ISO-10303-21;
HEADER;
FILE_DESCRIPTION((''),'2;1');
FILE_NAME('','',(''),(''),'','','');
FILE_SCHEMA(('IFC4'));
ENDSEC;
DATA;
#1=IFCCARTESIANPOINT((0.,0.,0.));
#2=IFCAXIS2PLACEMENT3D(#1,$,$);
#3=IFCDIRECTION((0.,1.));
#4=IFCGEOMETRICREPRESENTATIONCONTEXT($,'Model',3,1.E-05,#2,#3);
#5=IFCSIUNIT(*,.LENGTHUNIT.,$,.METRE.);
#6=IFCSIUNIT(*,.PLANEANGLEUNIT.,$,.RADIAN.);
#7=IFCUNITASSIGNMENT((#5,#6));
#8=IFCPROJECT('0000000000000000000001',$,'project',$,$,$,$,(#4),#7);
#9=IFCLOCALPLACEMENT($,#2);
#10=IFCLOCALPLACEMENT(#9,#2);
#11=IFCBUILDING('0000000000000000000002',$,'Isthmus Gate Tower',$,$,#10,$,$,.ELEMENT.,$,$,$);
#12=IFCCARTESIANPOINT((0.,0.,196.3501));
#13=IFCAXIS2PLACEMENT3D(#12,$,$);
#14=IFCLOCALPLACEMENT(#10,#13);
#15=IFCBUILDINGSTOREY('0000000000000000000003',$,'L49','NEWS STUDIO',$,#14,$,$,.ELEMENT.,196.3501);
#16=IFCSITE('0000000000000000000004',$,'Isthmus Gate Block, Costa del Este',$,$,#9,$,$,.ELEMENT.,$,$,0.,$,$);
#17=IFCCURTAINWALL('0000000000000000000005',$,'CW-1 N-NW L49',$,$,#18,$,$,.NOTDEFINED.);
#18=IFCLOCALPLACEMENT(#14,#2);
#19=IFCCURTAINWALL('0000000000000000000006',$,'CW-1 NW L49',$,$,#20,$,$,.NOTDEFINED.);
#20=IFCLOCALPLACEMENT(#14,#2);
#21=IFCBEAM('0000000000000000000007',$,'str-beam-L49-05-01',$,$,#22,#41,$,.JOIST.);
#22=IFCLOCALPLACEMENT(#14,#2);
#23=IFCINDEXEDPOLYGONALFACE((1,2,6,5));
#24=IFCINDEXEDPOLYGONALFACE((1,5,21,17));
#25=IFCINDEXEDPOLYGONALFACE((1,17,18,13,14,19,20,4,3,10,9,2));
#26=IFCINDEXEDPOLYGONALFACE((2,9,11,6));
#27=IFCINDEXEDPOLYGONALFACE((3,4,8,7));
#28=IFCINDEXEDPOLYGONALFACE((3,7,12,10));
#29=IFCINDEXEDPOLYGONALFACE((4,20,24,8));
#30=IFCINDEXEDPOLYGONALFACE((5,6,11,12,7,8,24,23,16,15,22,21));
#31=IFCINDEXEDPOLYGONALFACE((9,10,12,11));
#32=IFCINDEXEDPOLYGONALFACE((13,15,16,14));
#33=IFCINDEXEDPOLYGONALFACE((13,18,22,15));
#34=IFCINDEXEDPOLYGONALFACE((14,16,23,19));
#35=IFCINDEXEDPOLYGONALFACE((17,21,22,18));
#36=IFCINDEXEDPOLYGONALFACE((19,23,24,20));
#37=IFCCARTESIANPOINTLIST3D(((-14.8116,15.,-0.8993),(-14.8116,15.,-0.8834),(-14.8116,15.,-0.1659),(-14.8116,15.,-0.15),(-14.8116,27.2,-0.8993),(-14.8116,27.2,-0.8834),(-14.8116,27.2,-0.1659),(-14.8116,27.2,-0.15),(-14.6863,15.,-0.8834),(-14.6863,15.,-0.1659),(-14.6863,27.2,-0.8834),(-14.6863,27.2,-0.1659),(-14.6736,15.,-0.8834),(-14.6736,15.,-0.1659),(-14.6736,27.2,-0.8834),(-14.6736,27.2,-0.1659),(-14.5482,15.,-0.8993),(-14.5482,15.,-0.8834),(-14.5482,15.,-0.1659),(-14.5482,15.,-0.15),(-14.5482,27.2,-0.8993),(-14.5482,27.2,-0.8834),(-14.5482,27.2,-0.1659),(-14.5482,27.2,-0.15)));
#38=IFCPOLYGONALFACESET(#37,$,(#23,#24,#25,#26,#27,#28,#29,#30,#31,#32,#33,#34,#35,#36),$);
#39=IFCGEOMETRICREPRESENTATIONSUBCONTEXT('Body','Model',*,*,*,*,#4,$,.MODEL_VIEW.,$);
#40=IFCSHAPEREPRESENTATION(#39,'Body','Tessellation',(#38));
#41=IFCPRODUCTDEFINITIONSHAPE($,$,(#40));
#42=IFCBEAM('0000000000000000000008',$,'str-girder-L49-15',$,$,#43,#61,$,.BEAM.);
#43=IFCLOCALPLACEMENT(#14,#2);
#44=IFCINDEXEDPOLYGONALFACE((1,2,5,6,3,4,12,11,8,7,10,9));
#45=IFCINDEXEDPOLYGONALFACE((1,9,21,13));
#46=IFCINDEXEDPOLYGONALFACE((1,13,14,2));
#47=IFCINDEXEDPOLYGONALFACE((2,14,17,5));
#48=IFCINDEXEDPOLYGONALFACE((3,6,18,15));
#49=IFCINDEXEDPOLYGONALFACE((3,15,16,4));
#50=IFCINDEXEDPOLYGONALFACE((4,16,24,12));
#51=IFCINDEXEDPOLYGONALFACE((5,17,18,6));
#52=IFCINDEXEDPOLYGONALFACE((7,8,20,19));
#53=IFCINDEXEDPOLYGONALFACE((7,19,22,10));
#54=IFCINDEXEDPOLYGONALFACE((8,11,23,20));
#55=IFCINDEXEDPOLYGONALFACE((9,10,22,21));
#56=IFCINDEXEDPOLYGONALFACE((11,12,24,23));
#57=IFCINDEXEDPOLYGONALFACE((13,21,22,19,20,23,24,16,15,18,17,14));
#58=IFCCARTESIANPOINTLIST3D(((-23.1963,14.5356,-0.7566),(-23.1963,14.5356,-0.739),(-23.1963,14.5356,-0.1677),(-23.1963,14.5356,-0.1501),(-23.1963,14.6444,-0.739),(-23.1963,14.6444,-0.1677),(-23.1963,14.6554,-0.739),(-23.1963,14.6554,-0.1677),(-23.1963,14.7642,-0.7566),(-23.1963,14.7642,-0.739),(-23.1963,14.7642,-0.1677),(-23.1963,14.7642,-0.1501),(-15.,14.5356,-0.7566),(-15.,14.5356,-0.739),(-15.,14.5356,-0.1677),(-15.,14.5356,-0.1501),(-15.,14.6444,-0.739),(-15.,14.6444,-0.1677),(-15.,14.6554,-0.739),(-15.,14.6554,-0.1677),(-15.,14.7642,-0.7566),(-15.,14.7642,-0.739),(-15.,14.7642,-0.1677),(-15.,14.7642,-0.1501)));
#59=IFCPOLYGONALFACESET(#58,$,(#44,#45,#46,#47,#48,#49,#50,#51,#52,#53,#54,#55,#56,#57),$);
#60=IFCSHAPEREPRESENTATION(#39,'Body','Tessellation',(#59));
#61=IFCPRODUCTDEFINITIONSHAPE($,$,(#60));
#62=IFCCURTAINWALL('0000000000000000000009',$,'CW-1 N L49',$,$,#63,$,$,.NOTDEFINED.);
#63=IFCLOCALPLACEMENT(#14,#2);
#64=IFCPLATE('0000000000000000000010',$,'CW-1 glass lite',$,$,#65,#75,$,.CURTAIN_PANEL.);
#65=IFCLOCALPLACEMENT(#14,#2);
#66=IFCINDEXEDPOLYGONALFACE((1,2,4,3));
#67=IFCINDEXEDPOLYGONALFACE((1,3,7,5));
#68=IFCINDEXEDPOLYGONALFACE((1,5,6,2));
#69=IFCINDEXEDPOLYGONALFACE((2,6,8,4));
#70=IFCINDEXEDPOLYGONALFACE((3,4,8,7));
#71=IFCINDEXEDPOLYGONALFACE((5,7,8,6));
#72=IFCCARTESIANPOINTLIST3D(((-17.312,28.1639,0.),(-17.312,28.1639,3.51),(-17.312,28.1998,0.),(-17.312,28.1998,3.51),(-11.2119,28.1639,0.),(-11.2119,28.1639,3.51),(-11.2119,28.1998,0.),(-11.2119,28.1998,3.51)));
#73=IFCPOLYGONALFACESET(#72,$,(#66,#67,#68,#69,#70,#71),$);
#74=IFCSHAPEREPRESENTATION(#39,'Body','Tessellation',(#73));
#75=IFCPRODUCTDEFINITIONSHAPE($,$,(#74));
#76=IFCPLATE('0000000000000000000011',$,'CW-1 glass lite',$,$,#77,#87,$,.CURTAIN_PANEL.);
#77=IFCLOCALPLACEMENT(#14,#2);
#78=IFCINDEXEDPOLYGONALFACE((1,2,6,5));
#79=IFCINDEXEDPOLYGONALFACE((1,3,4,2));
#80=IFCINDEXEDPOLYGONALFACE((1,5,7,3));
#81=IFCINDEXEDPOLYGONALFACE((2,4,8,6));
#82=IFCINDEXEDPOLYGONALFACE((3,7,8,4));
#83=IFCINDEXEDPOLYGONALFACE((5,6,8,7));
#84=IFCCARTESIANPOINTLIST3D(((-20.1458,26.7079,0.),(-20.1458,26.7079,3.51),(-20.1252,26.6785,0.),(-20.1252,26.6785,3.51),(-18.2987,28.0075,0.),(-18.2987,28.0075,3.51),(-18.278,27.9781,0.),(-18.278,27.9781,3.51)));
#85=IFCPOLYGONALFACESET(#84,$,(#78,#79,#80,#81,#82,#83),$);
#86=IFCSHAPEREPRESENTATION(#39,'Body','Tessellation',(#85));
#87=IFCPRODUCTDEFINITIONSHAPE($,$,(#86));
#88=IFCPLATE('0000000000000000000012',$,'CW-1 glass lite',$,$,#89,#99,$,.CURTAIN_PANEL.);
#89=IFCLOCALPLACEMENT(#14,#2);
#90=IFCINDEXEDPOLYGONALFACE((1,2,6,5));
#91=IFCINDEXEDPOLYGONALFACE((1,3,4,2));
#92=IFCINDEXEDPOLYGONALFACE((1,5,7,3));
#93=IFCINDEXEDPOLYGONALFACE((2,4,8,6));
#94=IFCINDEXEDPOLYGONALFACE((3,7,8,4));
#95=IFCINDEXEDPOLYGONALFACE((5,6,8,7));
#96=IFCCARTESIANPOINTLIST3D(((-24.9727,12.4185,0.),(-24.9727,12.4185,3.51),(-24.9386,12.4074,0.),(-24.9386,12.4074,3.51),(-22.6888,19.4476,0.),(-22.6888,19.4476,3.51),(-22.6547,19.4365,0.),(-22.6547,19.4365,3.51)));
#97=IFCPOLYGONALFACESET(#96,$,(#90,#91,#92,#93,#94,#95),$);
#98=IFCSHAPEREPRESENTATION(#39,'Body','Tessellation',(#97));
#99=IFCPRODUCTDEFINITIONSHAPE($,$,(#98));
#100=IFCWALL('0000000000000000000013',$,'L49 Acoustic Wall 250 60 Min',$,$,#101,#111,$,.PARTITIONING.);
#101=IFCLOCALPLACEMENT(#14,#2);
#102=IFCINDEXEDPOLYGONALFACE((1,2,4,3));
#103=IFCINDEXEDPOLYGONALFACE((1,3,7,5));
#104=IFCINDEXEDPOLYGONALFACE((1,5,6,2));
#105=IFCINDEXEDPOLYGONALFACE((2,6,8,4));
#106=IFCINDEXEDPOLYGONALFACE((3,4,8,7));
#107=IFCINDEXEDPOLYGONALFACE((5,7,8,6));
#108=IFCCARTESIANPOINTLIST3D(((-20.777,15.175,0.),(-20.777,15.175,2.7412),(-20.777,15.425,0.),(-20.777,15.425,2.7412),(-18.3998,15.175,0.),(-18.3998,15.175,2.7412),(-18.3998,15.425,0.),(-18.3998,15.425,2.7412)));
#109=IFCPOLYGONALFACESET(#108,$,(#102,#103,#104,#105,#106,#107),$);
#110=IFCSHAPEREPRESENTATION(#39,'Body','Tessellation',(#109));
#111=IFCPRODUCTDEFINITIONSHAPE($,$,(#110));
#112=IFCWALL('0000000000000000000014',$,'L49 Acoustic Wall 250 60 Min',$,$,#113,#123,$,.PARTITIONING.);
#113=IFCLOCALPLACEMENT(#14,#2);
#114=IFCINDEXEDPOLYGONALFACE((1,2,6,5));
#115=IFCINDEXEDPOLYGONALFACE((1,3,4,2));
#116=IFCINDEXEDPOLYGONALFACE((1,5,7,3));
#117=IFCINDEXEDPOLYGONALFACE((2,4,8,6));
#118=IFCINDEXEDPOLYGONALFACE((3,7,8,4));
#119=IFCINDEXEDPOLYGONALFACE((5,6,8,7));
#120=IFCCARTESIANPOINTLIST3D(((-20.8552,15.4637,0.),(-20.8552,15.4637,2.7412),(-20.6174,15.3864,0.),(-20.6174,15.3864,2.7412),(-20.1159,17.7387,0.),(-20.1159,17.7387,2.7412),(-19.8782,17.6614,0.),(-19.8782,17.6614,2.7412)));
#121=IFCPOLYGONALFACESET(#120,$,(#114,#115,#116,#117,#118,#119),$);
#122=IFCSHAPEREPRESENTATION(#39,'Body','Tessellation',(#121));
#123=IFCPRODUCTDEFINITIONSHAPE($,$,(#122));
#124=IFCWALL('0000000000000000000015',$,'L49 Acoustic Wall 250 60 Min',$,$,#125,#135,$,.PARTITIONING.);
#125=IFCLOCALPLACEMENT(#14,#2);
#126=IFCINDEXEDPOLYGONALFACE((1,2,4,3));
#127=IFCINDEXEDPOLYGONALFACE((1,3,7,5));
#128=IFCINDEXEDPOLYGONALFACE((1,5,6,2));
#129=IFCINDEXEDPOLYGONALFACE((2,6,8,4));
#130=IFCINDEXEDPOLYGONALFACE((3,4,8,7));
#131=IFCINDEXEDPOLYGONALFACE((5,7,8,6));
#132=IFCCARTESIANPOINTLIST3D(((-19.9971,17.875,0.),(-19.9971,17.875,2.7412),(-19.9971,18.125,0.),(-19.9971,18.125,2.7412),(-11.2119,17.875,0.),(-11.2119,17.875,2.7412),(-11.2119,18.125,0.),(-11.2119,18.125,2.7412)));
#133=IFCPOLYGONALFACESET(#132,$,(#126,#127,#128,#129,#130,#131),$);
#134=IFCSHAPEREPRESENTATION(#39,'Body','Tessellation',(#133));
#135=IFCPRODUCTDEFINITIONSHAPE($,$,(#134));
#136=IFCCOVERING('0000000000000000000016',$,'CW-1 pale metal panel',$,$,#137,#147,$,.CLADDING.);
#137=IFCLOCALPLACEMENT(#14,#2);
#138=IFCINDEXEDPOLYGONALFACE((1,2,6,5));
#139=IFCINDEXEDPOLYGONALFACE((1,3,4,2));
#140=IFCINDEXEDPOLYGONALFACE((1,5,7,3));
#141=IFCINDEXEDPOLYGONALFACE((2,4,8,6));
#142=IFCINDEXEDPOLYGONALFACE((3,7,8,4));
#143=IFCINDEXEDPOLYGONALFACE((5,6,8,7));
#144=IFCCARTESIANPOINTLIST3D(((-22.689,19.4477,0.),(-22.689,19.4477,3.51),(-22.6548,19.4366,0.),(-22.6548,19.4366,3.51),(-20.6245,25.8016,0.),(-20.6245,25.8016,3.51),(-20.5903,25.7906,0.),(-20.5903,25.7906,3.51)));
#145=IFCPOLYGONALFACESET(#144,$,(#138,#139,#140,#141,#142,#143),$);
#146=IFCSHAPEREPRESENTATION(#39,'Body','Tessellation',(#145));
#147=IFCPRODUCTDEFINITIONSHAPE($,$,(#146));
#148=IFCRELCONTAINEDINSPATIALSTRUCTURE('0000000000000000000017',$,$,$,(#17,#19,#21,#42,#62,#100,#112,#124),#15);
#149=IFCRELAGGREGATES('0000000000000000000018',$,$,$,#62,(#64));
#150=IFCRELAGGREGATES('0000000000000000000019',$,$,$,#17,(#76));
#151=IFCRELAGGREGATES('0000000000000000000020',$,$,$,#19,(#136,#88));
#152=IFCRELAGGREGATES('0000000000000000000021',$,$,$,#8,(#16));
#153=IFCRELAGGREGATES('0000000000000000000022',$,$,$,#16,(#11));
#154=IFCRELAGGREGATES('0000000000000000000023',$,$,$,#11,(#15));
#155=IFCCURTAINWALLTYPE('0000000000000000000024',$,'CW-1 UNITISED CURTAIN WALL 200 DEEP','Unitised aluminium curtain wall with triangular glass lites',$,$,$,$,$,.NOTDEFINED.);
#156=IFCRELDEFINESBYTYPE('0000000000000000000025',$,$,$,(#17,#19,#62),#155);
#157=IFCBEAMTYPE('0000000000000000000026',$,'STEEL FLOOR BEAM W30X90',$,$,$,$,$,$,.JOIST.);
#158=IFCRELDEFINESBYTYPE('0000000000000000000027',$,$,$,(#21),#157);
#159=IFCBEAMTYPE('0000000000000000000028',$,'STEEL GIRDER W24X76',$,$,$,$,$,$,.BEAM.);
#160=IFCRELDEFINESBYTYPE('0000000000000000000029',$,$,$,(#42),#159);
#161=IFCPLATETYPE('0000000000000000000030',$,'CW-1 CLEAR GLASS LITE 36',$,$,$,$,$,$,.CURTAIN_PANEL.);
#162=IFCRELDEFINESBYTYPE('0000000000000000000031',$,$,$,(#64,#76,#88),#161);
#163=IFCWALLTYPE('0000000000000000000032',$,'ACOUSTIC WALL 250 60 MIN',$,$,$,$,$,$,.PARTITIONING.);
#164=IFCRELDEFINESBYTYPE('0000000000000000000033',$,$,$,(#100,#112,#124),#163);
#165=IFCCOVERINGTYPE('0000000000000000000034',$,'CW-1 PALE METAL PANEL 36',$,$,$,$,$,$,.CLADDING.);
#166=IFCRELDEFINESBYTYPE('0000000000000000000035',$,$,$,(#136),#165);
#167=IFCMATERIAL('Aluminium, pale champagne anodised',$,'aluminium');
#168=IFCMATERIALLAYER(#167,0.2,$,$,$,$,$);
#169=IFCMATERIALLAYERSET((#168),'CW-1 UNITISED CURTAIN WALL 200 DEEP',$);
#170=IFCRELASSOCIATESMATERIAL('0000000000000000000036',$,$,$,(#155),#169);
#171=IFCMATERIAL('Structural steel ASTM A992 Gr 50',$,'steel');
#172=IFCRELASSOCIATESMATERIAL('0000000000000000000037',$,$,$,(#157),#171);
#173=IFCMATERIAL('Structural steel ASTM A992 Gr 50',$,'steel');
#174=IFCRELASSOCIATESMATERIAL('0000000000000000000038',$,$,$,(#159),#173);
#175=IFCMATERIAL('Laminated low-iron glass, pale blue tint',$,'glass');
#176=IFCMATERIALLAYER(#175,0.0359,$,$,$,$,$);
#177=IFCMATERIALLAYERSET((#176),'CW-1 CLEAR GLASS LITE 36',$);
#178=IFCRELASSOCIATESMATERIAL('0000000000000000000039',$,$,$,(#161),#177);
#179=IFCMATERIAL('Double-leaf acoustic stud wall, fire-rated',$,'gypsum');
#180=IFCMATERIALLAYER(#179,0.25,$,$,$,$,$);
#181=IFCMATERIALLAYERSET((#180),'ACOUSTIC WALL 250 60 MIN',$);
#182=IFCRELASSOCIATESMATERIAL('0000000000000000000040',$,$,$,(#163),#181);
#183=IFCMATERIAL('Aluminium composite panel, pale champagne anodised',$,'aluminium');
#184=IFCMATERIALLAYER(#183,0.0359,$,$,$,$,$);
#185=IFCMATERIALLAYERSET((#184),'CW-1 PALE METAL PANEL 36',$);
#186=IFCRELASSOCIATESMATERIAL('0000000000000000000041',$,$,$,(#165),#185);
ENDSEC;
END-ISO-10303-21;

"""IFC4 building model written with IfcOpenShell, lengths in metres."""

from ifc_helpers import new_model, si_unit, direction, frame, frame_2d, origin, origin_2d, place, context, subcontext, project, spatial, rectangle, i_section, extrude, material, layer, layer_set, material_profile, profile_set, type_object, element, aggregate, save


model = new_model("IFC4")

# Units and contexts
model_context = context("Model", 3, precision=1e-05, world=origin(), true_north=direction((0.0, 1.0)))
body_context = subcontext(model_context, "Body", "Model", "MODEL_VIEW")
ifc_project = project(units=[si_unit("LENGTHUNIT", "METRE"), si_unit("PLANEANGLEUNIT", "RADIAN")], contexts=[model_context])

# Site, building, storey
site_placement = place(None, origin())
site = spatial("IfcSite", under=ifc_project, at=site_placement, Name="Isthmus Gate Block, Costa del Este", CompositionType="ELEMENT", RefElevation=0.0)
building_placement = place(site_placement, origin())
building = spatial("IfcBuilding", under=site, at=building_placement, Name="Isthmus Gate Tower", CompositionType="ELEMENT")
storey_placement = place(building_placement, frame((0.0, 0.0, 196.3501)))
storey = spatial("IfcBuildingStorey", under=building, at=storey_placement, Name="L49", Description="NEWS STUDIO", CompositionType="ELEMENT", Elevation=196.3501)

# Curtain walls
ifc_material_1 = material(Name="Aluminium, pale champagne anodised", Category="aluminium")
ifc_layer_1 = layer(ifc_material_1, 0.2)
ifc_layer_set_1 = layer_set([ifc_layer_1], Name="CW-1 UNITISED CURTAIN WALL 200 DEEP")
curtain_wall_type = type_object("IfcCurtainWallType", Name="CW-1 UNITISED CURTAIN WALL 200 DEEP", Description="Unitised aluminium curtain wall with triangular glass lites", PredefinedType="NOTDEFINED", material=ifc_layer_set_1)
curtain_wall_1_placement = place(storey_placement, origin())
curtain_wall_1 = element("IfcCurtainWall", 1, at=curtain_wall_1_placement, inside=storey, type_object=curtain_wall_type, Name="CW-1 N-NW L49", PredefinedType="NOTDEFINED")
curtain_wall_2_placement = place(storey_placement, origin())
curtain_wall_2 = element("IfcCurtainWall", 2, at=curtain_wall_2_placement, inside=storey, type_object=curtain_wall_type, Name="CW-1 NW L49", PredefinedType="NOTDEFINED")

# Beams
ifc_material_2 = material(Name="Structural steel ASTM A992 Gr 50", Category="steel")
ifc_material_profile_1 = material_profile(ifc_material_2, i_section(OverallWidth=0.2634, OverallDepth=0.7493, WebThickness=0.0127, FlangeThickness=0.0159, at=origin_2d()), Name="W30X90")
ifc_profile_set_1 = profile_set([ifc_material_profile_1], Name="Structural steel ASTM A992 Gr 50")
beam_type_1 = type_object("IfcBeamType", Name="STEEL FLOOR BEAM W30X90", PredefinedType="JOIST", material=ifc_profile_set_1)
beam_1_placement = place(storey_placement, frame((-14.6799, 15.0, -0.5247), z_axis=(0.0, 1.0, 0.0), x_axis=(-1.0, 0.0, 0.0)))
element("IfcBeam", 3, at=beam_1_placement, inside=storey, type_object=beam_type_1, Name="str-beam-L49-05-01", PredefinedType="JOIST", context=body_context, shape_type="SweptSolid", body=[
    extrude(i_section(OverallWidth=0.2634, OverallDepth=0.7493, WebThickness=0.0127, FlangeThickness=0.0159, at=origin_2d()), origin(), (0.0, 0.0, 1.0), 12.2),
])
ifc_material_3 = material(Name="Structural steel ASTM A992 Gr 50", Category="steel")
ifc_material_profile_2 = material_profile(ifc_material_3, i_section(OverallWidth=0.2285, OverallDepth=0.6064, WebThickness=0.011, FlangeThickness=0.0176, at=origin_2d()), Name="W24X76")
ifc_profile_set_2 = profile_set([ifc_material_profile_2], Name="Structural steel ASTM A992 Gr 50")
beam_type_2 = type_object("IfcBeamType", Name="STEEL GIRDER W24X76", PredefinedType="BEAM", material=ifc_profile_set_2)
beam_2_placement = place(storey_placement, frame((-15.0, 14.6499, -0.4534), z_axis=(-1.0, 0.0, 0.0), x_axis=(0.0, -1.0, 0.0)))
element("IfcBeam", 4, at=beam_2_placement, inside=storey, type_object=beam_type_2, Name="str-girder-L49-15", PredefinedType="BEAM", context=body_context, shape_type="SweptSolid", body=[
    extrude(i_section(OverallWidth=0.2285, OverallDepth=0.6064, WebThickness=0.011, FlangeThickness=0.0176, at=origin_2d()), origin(), (0.0, 0.0, 1.0), 8.1963),
])

# Curtain wall, plate
curtain_wall_3_placement = place(storey_placement, origin())
curtain_wall_3 = element("IfcCurtainWall", 5, at=curtain_wall_3_placement, inside=storey, type_object=curtain_wall_type, Name="CW-1 N L49", PredefinedType="NOTDEFINED")
ifc_material_4 = material(Name="Laminated low-iron glass, pale blue tint", Category="glass")
ifc_layer_2 = layer(ifc_material_4, 0.0359)
ifc_layer_set_2 = layer_set([ifc_layer_2], Name="CW-1 CLEAR GLASS LITE 36")
plate_type = type_object("IfcPlateType", Name="CW-1 CLEAR GLASS LITE 36", PredefinedType="CURTAIN_PANEL", material=ifc_layer_set_2)
plate_1_placement = place(storey_placement, frame((-14.262, 28.1819, 0.0), z_axis=(0.0, 0.0, 1.0), x_axis=(-1.0, 0.0, 0.0)))
plate_1 = element("IfcPlate", 6, at=plate_1_placement, type_object=plate_type, Name="CW-1 glass lite", PredefinedType="CURTAIN_PANEL", context=body_context, shape_type="SweptSolid", body=[
    extrude(rectangle(XDim=6.1001, YDim=0.0359, at=origin_2d()), origin(), (0.0, 0.0, 1.0), 3.51),
])
aggregate(curtain_wall_3, [plate_1])

# Plates
plate_2_placement = place(storey_placement, frame((-19.2119, 27.343, 0.0), z_axis=(0.0, 0.0, 1.0), x_axis=(-0.81786, -0.575418, 0.0)))
plate_2 = element("IfcPlate", 7, at=plate_2_placement, type_object=plate_type, Name="CW-1 glass lite", PredefinedType="CURTAIN_PANEL", context=body_context, shape_type="SweptSolid", body=[
    extrude(rectangle(XDim=2.2585, YDim=0.0359, at=origin_2d()), origin(), (0.0, 0.0, 1.0), 3.51),
])
aggregate(curtain_wall_1, [plate_2])
plate_3_placement = place(storey_placement, frame((-23.8137, 15.9275, 0.0), z_axis=(0.0, 0.0, 1.0), x_axis=(-0.309017, -0.951057, 0.0)))
plate_3 = element("IfcPlate", 8, at=plate_3_placement, type_object=plate_type, Name="CW-1 glass lite", PredefinedType="CURTAIN_PANEL", context=body_context, shape_type="SweptSolid", body=[
    extrude(rectangle(XDim=7.3909, YDim=0.0359, at=origin_2d()), origin(), (0.0, 0.0, 1.0), 3.51),
])

# Walls
ifc_material_5 = material(Name="Double-leaf acoustic stud wall, fire-rated", Category="gypsum")
ifc_layer_3 = layer(ifc_material_5, 0.25)
ifc_layer_set_3 = layer_set([ifc_layer_3], Name="ACOUSTIC WALL 250 60 MIN")
wall_type = type_object("IfcWallType", Name="ACOUSTIC WALL 250 60 MIN", PredefinedType="PARTITIONING", material=ifc_layer_set_3)
wall_1_placement = place(storey_placement, frame((-18.3999, 15.3, 0.0), z_axis=(0.0, 0.0, 1.0), x_axis=(-1.0, 0.0, 0.0)))
element("IfcWall", 9, at=wall_1_placement, inside=storey, type_object=wall_type, Name="L49 Acoustic Wall 250 60 Min", PredefinedType="PARTITIONING", context=body_context, shape_type="SweptSolid", body=[
    extrude(rectangle(XDim=2.3772, YDim=0.25, at=frame_2d((1.1885, 0.0))), origin(), (0.0, 0.0, 1.0), 2.7412),
])
wall_2_placement = place(storey_placement, frame((-20.7363, 15.425, 0.0), z_axis=(0.0, 0.0, 1.0), x_axis=(0.309054, 0.951045, 0.0)))
element("IfcWall", 10, at=wall_2_placement, inside=storey, type_object=wall_type, Name="L49 Acoustic Wall 250 60 Min", PredefinedType="PARTITIONING", context=body_context, shape_type="SweptSolid", body=[
    extrude(rectangle(XDim=2.3921, YDim=0.25, at=frame_2d((1.196, 0.0))), origin(), (0.0, 0.0, 1.0), 2.7412),
])
wall_3_placement = place(storey_placement, frame((-19.9971, 18.0, 0.0), z_axis=(0.0, 0.0, 1.0), x_axis=(1.0, 0.0, 0.0)))
element("IfcWall", 11, at=wall_3_placement, inside=storey, type_object=wall_type, Name="L49 Acoustic Wall 250 60 Min", PredefinedType="PARTITIONING", context=body_context, shape_type="SweptSolid", body=[
    extrude(rectangle(XDim=8.7852, YDim=0.25, at=frame_2d((4.3926, 0.0))), origin(), (0.0, 0.0, 1.0), 2.7412),
])

# Covering
ifc_material_6 = material(Name="Aluminium composite panel, pale champagne anodised", Category="aluminium")
ifc_layer_4 = layer(ifc_material_6, 0.0359)
ifc_layer_set_4 = layer_set([ifc_layer_4], Name="CW-1 PALE METAL PANEL 36")
covering_type = type_object("IfcCoveringType", Name="CW-1 PALE METAL PANEL 36", PredefinedType="CLADDING", material=ifc_layer_set_4)
covering_placement = place(storey_placement, frame((-21.6396, 22.6191, 0.0), z_axis=(0.0, 0.0, 1.0), x_axis=(-0.309017, -0.951057, 0.0)))
covering = element("IfcCovering", 12, at=covering_placement, type_object=covering_type, Name="CW-1 pale metal panel", PredefinedType="CLADDING", context=body_context, shape_type="SweptSolid", body=[
    extrude(rectangle(XDim=6.6809, YDim=0.0359, at=origin_2d()), origin(), (0.0, 0.0, 1.0), 3.51),
])
aggregate(curtain_wall_2, [covering, plate_3])

save(model, "model.ifc")
